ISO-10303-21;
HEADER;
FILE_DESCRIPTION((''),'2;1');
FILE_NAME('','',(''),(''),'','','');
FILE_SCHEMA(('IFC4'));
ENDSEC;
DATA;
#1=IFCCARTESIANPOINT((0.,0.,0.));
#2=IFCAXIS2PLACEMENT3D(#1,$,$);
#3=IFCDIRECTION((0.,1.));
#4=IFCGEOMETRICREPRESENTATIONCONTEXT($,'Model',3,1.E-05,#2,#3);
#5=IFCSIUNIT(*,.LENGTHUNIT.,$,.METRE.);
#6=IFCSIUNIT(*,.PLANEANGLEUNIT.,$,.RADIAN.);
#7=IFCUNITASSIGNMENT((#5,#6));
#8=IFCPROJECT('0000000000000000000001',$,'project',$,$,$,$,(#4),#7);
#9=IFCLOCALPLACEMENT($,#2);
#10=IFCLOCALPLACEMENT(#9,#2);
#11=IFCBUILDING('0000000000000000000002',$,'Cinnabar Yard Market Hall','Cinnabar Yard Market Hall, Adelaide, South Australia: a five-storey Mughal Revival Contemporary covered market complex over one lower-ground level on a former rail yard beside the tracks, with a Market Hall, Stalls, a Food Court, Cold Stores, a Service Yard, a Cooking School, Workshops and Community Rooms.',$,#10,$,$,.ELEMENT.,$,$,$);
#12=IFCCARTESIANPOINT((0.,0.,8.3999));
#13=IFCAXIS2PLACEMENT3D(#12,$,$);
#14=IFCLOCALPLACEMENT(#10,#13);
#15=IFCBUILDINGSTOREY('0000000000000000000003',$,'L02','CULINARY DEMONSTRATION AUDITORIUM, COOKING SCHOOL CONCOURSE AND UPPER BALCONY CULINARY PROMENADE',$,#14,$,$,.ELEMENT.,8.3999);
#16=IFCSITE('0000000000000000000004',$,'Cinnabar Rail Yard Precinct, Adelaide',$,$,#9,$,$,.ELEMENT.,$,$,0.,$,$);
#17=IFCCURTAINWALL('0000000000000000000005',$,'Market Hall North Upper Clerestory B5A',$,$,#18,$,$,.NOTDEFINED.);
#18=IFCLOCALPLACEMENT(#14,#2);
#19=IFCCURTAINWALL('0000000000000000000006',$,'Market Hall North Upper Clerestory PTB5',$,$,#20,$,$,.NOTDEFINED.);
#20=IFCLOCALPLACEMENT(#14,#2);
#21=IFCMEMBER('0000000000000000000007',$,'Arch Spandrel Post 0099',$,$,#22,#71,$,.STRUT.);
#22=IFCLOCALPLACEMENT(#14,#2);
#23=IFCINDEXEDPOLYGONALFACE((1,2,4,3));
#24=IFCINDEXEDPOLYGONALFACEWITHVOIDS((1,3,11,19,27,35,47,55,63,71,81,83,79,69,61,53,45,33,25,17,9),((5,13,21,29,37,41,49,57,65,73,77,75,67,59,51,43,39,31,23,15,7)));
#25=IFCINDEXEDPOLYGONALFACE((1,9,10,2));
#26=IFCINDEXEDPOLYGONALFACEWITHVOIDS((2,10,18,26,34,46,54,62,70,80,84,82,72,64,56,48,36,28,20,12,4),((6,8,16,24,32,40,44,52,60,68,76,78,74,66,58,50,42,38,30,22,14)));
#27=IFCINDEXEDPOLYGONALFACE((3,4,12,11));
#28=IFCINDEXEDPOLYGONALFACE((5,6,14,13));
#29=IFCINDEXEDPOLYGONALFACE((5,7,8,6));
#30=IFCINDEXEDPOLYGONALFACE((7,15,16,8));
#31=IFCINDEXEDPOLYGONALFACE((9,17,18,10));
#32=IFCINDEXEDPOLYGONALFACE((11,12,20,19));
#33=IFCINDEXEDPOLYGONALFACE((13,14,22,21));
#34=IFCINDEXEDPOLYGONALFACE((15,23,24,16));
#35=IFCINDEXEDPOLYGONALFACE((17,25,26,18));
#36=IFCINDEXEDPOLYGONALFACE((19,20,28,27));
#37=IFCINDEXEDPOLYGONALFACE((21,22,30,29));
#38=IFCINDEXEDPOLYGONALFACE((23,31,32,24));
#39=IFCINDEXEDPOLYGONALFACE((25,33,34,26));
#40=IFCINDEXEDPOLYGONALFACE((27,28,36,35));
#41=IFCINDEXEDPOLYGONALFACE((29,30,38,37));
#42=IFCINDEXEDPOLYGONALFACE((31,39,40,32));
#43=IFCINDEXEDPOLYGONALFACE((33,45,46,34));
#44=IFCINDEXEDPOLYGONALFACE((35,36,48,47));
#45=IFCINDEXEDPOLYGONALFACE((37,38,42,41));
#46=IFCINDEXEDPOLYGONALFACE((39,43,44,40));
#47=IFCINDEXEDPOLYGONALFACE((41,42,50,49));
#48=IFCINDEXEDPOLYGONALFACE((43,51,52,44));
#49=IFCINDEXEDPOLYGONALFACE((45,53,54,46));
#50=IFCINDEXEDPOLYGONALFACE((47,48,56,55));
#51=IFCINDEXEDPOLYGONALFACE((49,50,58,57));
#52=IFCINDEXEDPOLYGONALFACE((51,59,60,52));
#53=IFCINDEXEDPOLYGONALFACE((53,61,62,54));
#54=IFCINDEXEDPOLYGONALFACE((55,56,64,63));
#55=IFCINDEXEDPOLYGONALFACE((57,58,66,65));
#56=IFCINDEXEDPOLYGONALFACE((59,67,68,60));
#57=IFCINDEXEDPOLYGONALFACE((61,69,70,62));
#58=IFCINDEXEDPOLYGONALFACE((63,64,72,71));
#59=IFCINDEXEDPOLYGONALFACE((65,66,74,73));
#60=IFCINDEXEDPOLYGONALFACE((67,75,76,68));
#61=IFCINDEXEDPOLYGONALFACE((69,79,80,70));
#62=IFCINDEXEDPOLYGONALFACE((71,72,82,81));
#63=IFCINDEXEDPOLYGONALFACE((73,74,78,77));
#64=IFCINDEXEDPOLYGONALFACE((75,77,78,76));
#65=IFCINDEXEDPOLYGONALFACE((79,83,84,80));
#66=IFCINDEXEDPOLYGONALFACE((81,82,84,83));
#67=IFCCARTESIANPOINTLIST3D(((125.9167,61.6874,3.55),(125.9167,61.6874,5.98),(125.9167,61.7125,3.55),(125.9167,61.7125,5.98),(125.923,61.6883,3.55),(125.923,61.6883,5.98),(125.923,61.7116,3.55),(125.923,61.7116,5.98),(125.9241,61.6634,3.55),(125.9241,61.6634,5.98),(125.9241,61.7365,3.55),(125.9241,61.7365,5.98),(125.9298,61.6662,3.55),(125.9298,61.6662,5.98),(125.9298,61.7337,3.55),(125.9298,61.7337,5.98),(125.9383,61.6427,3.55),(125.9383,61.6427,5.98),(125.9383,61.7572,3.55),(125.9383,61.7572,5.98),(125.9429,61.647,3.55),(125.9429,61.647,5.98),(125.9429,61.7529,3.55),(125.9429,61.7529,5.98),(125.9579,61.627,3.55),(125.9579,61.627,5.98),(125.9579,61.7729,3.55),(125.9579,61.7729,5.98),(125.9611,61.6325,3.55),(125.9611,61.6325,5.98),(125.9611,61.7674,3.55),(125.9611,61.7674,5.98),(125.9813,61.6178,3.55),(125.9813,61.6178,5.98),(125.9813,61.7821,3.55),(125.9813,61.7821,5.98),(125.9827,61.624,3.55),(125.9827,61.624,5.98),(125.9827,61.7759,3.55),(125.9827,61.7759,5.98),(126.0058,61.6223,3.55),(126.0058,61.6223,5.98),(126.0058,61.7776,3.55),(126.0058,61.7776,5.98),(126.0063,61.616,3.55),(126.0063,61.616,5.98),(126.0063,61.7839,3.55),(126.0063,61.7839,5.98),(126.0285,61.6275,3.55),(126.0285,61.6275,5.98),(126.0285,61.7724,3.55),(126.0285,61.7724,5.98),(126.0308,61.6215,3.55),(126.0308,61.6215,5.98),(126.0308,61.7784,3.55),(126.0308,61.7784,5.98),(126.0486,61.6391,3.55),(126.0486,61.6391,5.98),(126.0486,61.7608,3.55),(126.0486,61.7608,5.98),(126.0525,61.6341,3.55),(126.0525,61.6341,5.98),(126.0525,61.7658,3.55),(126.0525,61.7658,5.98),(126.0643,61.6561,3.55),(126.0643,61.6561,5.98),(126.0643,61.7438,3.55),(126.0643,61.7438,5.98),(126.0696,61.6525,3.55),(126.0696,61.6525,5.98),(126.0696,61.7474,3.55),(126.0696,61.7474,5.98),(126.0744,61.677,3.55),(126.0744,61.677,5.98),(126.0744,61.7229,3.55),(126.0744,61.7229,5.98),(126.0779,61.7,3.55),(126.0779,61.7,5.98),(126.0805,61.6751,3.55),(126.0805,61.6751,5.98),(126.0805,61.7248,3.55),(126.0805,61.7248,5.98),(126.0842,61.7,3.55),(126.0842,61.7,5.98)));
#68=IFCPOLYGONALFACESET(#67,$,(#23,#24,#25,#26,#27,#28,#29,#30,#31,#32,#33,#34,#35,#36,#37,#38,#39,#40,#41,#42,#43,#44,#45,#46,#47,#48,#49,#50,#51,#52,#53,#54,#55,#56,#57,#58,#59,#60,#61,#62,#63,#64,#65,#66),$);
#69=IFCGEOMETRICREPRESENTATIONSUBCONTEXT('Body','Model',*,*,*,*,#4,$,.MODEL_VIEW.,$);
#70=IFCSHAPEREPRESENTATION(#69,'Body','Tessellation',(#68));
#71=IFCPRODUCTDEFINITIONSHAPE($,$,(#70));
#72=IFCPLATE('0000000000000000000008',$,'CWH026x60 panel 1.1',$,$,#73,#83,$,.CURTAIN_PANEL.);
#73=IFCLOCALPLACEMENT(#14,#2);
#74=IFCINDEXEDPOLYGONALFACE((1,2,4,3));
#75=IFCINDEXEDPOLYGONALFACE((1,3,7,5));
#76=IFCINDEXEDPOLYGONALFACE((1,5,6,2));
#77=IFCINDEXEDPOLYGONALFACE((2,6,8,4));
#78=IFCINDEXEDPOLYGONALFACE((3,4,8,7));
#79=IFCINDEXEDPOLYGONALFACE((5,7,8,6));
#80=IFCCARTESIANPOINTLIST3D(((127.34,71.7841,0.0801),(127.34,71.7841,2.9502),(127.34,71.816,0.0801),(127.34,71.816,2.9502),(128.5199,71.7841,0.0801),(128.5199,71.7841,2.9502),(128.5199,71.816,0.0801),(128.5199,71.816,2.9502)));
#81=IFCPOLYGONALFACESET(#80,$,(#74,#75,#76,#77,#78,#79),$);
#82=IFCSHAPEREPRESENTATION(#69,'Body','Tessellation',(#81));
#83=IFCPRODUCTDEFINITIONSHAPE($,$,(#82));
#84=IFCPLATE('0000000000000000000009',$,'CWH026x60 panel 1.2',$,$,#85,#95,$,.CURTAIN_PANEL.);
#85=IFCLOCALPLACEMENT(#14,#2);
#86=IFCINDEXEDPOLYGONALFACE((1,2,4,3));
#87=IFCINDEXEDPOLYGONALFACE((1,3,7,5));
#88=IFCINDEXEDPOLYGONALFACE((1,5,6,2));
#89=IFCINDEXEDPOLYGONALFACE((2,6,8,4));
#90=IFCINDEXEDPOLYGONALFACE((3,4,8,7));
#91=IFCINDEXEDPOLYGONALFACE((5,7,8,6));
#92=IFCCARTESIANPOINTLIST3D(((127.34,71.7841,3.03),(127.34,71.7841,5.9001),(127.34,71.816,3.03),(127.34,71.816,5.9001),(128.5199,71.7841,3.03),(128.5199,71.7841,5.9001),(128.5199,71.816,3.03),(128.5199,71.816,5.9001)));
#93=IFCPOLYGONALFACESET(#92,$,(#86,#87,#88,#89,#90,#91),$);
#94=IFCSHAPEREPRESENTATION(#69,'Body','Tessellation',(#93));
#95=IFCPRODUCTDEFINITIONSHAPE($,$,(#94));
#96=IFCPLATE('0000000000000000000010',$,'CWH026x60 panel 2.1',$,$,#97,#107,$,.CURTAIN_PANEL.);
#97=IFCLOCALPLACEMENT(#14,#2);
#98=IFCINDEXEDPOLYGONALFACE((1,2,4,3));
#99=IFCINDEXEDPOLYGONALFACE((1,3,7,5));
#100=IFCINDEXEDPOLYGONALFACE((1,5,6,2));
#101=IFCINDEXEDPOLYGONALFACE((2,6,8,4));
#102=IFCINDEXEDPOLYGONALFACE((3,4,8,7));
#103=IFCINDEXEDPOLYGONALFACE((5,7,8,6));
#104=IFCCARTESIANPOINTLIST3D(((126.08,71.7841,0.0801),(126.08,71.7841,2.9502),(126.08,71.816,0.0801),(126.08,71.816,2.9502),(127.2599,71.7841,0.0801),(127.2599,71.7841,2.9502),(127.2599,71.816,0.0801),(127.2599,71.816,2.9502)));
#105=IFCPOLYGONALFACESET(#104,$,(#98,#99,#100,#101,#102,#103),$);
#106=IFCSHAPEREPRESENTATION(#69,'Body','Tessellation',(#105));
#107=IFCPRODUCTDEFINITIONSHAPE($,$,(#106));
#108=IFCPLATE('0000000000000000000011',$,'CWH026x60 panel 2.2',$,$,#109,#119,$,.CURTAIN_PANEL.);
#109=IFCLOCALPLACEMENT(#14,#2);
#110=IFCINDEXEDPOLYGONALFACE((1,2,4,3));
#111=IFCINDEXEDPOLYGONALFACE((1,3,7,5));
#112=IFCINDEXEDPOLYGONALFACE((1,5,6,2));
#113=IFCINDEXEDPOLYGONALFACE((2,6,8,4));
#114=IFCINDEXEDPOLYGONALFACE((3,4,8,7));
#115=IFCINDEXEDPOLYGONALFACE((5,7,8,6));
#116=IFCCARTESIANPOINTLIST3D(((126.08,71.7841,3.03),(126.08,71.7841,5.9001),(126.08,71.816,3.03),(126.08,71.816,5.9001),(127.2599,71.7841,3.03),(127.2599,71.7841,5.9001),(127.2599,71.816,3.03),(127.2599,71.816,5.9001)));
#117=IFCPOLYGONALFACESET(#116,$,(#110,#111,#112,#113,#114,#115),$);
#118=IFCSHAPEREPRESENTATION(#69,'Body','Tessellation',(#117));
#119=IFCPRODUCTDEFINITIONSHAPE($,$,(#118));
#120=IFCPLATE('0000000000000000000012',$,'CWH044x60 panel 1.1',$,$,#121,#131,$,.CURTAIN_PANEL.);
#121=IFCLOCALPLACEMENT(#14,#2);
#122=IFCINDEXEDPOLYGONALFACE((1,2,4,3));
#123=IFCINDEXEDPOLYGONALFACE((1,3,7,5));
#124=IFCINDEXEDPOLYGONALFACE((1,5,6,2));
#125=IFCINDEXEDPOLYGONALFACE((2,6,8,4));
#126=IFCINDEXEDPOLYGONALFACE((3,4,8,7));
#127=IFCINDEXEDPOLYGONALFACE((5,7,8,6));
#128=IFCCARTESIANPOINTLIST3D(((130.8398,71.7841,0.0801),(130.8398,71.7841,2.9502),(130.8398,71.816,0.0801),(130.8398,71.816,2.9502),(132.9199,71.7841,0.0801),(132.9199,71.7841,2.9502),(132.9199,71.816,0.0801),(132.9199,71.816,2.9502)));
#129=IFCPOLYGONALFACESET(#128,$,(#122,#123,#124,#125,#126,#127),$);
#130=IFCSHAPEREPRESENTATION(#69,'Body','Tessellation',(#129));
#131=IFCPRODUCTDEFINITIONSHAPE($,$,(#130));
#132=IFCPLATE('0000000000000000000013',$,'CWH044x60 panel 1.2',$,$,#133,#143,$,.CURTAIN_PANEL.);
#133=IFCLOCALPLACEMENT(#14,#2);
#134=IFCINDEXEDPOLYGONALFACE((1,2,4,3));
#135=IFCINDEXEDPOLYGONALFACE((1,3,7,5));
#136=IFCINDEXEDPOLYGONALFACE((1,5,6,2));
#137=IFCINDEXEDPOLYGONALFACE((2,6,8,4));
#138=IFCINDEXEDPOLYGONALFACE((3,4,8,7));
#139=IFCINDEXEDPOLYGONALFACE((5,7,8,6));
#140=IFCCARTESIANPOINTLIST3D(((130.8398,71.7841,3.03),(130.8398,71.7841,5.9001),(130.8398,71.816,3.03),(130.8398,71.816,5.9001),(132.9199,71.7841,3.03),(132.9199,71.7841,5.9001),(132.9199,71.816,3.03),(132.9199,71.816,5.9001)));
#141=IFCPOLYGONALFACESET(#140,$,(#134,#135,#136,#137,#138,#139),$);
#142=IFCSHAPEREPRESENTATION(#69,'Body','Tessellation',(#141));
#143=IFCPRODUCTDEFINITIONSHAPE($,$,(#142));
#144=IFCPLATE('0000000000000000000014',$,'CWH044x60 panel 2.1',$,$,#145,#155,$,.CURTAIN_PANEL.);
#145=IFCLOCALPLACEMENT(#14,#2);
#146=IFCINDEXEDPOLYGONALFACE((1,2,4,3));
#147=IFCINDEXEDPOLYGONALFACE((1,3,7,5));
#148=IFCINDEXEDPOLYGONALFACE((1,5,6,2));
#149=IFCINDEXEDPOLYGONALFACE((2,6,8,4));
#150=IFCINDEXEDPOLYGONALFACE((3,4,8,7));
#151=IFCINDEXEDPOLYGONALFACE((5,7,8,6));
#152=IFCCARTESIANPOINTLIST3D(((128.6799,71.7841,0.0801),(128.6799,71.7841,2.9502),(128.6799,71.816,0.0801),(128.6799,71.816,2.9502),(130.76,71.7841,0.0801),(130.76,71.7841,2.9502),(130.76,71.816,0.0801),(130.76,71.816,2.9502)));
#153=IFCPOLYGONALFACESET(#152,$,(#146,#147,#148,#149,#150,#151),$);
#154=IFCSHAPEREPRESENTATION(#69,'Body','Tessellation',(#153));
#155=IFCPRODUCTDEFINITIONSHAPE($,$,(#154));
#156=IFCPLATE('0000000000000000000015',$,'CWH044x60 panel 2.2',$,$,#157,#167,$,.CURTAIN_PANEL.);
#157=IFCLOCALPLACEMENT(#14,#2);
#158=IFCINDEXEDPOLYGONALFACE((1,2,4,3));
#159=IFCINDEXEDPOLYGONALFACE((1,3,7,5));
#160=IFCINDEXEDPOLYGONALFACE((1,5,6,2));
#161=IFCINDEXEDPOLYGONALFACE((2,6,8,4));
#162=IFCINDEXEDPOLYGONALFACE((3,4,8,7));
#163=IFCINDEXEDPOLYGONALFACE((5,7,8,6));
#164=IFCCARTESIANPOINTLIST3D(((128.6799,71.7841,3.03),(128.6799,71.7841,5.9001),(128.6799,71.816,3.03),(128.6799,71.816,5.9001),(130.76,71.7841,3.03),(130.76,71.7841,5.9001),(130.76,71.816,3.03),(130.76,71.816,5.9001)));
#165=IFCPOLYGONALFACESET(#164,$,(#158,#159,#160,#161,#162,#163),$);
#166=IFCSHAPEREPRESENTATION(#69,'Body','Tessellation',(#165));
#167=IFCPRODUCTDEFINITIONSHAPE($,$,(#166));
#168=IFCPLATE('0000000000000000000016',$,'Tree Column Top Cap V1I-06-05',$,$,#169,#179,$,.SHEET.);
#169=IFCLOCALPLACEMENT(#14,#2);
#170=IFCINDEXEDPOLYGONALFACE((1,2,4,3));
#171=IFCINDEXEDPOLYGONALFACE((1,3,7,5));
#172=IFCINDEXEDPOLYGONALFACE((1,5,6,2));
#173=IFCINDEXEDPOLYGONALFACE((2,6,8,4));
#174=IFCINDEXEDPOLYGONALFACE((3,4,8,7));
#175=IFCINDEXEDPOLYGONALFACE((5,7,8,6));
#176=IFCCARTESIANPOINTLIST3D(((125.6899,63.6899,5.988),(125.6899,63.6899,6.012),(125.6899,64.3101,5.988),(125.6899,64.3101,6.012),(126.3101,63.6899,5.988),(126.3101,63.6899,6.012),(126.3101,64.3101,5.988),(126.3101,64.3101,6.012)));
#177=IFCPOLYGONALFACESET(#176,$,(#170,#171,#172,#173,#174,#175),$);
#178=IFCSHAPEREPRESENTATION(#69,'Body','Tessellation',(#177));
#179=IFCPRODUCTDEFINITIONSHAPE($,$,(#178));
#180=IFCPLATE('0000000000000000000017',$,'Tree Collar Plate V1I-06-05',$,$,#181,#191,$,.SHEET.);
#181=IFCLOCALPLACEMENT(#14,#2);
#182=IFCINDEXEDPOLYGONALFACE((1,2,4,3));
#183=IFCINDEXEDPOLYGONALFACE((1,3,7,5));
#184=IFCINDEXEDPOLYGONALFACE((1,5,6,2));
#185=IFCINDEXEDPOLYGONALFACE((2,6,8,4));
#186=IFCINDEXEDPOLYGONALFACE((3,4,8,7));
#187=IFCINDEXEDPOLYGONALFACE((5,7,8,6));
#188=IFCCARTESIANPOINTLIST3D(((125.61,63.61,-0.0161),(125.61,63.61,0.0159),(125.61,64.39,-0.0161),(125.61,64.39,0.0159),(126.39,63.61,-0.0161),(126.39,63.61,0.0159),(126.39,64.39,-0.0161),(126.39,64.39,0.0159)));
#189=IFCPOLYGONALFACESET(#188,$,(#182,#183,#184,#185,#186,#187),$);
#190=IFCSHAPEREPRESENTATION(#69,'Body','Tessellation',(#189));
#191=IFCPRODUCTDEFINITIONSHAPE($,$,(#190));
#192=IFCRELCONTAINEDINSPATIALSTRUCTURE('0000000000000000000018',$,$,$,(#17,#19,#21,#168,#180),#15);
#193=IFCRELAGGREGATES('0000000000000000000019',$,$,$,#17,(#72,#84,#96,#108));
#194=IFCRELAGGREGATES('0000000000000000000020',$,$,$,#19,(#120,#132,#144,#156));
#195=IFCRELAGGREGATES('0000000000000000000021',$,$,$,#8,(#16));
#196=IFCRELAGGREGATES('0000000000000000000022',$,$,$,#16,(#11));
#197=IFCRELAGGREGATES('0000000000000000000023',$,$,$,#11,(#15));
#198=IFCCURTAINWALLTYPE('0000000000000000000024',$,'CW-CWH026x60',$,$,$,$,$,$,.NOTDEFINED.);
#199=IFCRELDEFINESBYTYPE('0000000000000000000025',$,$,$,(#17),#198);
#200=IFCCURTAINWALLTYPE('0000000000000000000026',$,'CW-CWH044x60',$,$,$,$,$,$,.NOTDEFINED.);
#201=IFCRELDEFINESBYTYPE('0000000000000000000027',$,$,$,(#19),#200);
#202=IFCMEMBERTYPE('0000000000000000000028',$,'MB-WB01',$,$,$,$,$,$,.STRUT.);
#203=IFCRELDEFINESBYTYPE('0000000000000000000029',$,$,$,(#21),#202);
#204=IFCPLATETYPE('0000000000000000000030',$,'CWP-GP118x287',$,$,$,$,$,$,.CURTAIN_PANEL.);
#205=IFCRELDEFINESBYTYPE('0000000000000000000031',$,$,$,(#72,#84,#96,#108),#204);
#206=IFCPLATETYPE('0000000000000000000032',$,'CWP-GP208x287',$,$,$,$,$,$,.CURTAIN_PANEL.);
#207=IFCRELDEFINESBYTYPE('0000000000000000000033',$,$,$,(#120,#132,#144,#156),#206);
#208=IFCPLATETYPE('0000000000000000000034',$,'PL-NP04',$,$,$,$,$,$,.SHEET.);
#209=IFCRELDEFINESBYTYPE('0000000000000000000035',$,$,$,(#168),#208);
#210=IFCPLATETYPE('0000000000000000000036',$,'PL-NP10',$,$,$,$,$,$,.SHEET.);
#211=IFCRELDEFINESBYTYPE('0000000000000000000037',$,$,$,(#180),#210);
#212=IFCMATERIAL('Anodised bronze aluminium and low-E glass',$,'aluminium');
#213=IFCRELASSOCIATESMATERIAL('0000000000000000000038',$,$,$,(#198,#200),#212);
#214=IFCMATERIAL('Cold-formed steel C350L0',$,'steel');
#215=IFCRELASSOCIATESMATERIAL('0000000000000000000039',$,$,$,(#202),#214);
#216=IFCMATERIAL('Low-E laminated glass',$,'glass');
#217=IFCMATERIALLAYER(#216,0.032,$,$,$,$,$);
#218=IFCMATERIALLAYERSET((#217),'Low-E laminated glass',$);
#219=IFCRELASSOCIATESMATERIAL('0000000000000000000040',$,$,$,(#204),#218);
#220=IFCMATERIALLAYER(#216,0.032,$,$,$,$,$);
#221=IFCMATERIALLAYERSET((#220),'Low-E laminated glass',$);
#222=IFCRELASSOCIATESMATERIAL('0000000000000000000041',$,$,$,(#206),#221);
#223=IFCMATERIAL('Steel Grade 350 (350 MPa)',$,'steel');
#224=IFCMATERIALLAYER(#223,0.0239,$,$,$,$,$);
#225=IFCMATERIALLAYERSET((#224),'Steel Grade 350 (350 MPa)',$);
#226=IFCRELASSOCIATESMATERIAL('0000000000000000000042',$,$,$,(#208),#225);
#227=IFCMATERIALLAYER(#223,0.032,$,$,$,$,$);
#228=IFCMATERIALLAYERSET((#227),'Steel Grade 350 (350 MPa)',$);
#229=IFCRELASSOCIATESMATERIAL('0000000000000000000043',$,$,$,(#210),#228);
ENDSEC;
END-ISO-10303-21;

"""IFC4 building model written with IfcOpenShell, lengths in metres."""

from ifc_helpers import new_model, si_unit, direction, frame, origin, origin_2d_with_axis, place, context, subcontext, project, spatial, rectangle, hollow_circle, extrude, material, layer, layer_set, material_profile, profile_set, type_object, element, aggregate, save


model = new_model("IFC4")

# Units and contexts
model_context = context("Model", 3, precision=1e-05, world=origin(), true_north=direction((0.0, 1.0)))
body_context = subcontext(model_context, "Body", "Model", "MODEL_VIEW")
ifc_project = project(units=[si_unit("LENGTHUNIT", "METRE"), si_unit("PLANEANGLEUNIT", "RADIAN")], contexts=[model_context])

# Site, building, storey
site_placement = place(None, origin())
site = spatial("IfcSite", under=ifc_project, at=site_placement, Name="Cinnabar Rail Yard Precinct, Adelaide", CompositionType="ELEMENT", RefElevation=0.0)
building_placement = place(site_placement, origin())
building = spatial("IfcBuilding", under=site, at=building_placement, Name="Cinnabar Yard Market Hall", Description="Cinnabar Yard Market Hall, Adelaide, South Australia: a five-storey Mughal Revival Contemporary covered market complex over one lower-ground level on a former rail yard beside the tracks, with a Market Hall, Stalls, a Food Court, Cold Stores, a Service Yard, a Cooking School, Workshops and Community Rooms.", CompositionType="ELEMENT")
storey_placement = place(building_placement, frame((0.0, 0.0, 8.3999)))
storey = spatial("IfcBuildingStorey", under=building, at=storey_placement, Name="L02", Description="CULINARY DEMONSTRATION AUDITORIUM, COOKING SCHOOL CONCOURSE AND UPPER BALCONY CULINARY PROMENADE", CompositionType="ELEMENT", Elevation=8.3999)

# Curtain walls
ifc_material_1 = material(Name="Anodised bronze aluminium and low-E glass", Category="aluminium")
curtain_wall_type_1 = type_object("IfcCurtainWallType", Name="CW-CWH026x60", PredefinedType="NOTDEFINED", material=ifc_material_1)
curtain_wall_1_placement = place(storey_placement, origin())
curtain_wall_1 = element("IfcCurtainWall", 1, at=curtain_wall_1_placement, inside=storey, type_object=curtain_wall_type_1, Name="Market Hall North Upper Clerestory B5A", PredefinedType="NOTDEFINED")
curtain_wall_type_2 = type_object("IfcCurtainWallType", Name="CW-CWH044x60", PredefinedType="NOTDEFINED", material=ifc_material_1)
curtain_wall_2_placement = place(storey_placement, origin())
curtain_wall_2 = element("IfcCurtainWall", 2, at=curtain_wall_2_placement, inside=storey, type_object=curtain_wall_type_2, Name="Market Hall North Upper Clerestory PTB5", PredefinedType="NOTDEFINED")

# Member
ifc_material_2 = material(Name="Cold-formed steel C350L0", Category="steel")
ifc_material_profile_1 = material_profile(ifc_material_2, hollow_circle(Radius=0.0842, WallThickness=0.0063, at=origin_2d_with_axis()), Name="168.3x6.4CHS")
ifc_profile_set_1 = profile_set([ifc_material_profile_1], Name="Cold-formed steel C350L0")
member_type_1 = type_object("IfcMemberType", Name="MB-WB01", PredefinedType="STRUT", material=ifc_profile_set_1)
for number, where, z_axis, x_axis, name in (
    (3, (126.0, 61.7, 3.55), (0.0, 0.0, 1.0), (1.0, 0.0, 0.0), "Arch Spandrel Post 0099"),
):
    element("IfcMember", number, at=place(storey_placement, frame(where, z_axis=z_axis, x_axis=x_axis)), inside=storey, type_object=member_type_1, Name=name, PredefinedType="STRUT", context=body_context, shape_type="SweptSolid", body=[
        extrude(hollow_circle(Radius=0.0842, WallThickness=0.0063, at=origin_2d_with_axis()), origin(), (0.0, 0.0, 1.0), 2.4299),
    ])

# Plates
ifc_material_3 = material(Name="Low-E laminated glass", Category="glass")
ifc_layer_1 = layer(ifc_material_3, 0.032)
ifc_layer_set_1 = layer_set([ifc_layer_1], Name="Low-E laminated glass")
plate_type_1 = type_object("IfcPlateType", Name="CWP-GP118x287", PredefinedType="CURTAIN_PANEL", material=ifc_layer_set_1)
plate_1_placement = place(storey_placement, frame((127.9299, 71.8, 0.0801), z_axis=(0.0, 0.0, 1.0), x_axis=(-1.0, 0.0, 0.0)))
plate_1 = element("IfcPlate", 4, at=plate_1_placement, type_object=plate_type_1, Name="CWH026x60 panel 1.1", PredefinedType="CURTAIN_PANEL", context=body_context, shape_type="SweptSolid", body=[
    extrude(rectangle(XDim=1.1799, YDim=0.032, at=origin_2d_with_axis()), origin(), (0.0, 0.0, 1.0), 2.8701),
])
plate_2_placement = place(storey_placement, frame((127.9299, 71.8, 3.03), z_axis=(0.0, 0.0, 1.0), x_axis=(-1.0, 0.0, 0.0)))
plate_2 = element("IfcPlate", 5, at=plate_2_placement, type_object=plate_type_1, Name="CWH026x60 panel 1.2", PredefinedType="CURTAIN_PANEL", context=body_context, shape_type="SweptSolid", body=[
    extrude(rectangle(XDim=1.1799, YDim=0.032, at=origin_2d_with_axis()), origin(), (0.0, 0.0, 1.0), 2.8701),
])
plate_3_placement = place(storey_placement, frame((126.6699, 71.8, 0.0801), z_axis=(0.0, 0.0, 1.0), x_axis=(-1.0, 0.0, 0.0)))
plate_3 = element("IfcPlate", 6, at=plate_3_placement, type_object=plate_type_1, Name="CWH026x60 panel 2.1", PredefinedType="CURTAIN_PANEL", context=body_context, shape_type="SweptSolid", body=[
    extrude(rectangle(XDim=1.1799, YDim=0.032, at=origin_2d_with_axis()), origin(), (0.0, 0.0, 1.0), 2.8701),
])
plate_4_placement = place(storey_placement, frame((126.6699, 71.8, 3.03), z_axis=(0.0, 0.0, 1.0), x_axis=(-1.0, 0.0, 0.0)))
plate_4 = element("IfcPlate", 7, at=plate_4_placement, type_object=plate_type_1, Name="CWH026x60 panel 2.2", PredefinedType="CURTAIN_PANEL", context=body_context, shape_type="SweptSolid", body=[
    extrude(rectangle(XDim=1.1799, YDim=0.032, at=origin_2d_with_axis()), origin(), (0.0, 0.0, 1.0), 2.8701),
])
aggregate(curtain_wall_1, [plate_1, plate_2, plate_3, plate_4])
ifc_layer_2 = layer(ifc_material_3, 0.032)
ifc_layer_set_2 = layer_set([ifc_layer_2], Name="Low-E laminated glass")
plate_type_2 = type_object("IfcPlateType", Name="CWP-GP208x287", PredefinedType="CURTAIN_PANEL", material=ifc_layer_set_2)
plate_5_placement = place(storey_placement, frame((131.8799, 71.8, 0.0801), z_axis=(0.0, 0.0, 1.0), x_axis=(-1.0, 0.0, 0.0)))
plate_5 = element("IfcPlate", 8, at=plate_5_placement, type_object=plate_type_2, Name="CWH044x60 panel 1.1", PredefinedType="CURTAIN_PANEL", context=body_context, shape_type="SweptSolid", body=[
    extrude(rectangle(XDim=2.0801, YDim=0.032, at=origin_2d_with_axis()), origin(), (0.0, 0.0, 1.0), 2.8701),
])
plate_6_placement = place(storey_placement, frame((131.8799, 71.8, 3.03), z_axis=(0.0, 0.0, 1.0), x_axis=(-1.0, 0.0, 0.0)))
plate_6 = element("IfcPlate", 9, at=plate_6_placement, type_object=plate_type_2, Name="CWH044x60 panel 1.2", PredefinedType="CURTAIN_PANEL", context=body_context, shape_type="SweptSolid", body=[
    extrude(rectangle(XDim=2.0801, YDim=0.032, at=origin_2d_with_axis()), origin(), (0.0, 0.0, 1.0), 2.8701),
])
plate_7_placement = place(storey_placement, frame((129.72, 71.8, 0.0801), z_axis=(0.0, 0.0, 1.0), x_axis=(-1.0, 0.0, 0.0)))
plate_7 = element("IfcPlate", 10, at=plate_7_placement, type_object=plate_type_2, Name="CWH044x60 panel 2.1", PredefinedType="CURTAIN_PANEL", context=body_context, shape_type="SweptSolid", body=[
    extrude(rectangle(XDim=2.0801, YDim=0.032, at=origin_2d_with_axis()), origin(), (0.0, 0.0, 1.0), 2.8701),
])
plate_8_placement = place(storey_placement, frame((129.72, 71.8, 3.03), z_axis=(0.0, 0.0, 1.0), x_axis=(-1.0, 0.0, 0.0)))
plate_8 = element("IfcPlate", 11, at=plate_8_placement, type_object=plate_type_2, Name="CWH044x60 panel 2.2", PredefinedType="CURTAIN_PANEL", context=body_context, shape_type="SweptSolid", body=[
    extrude(rectangle(XDim=2.0801, YDim=0.032, at=origin_2d_with_axis()), origin(), (0.0, 0.0, 1.0), 2.8701),
])
aggregate(curtain_wall_2, [plate_5, plate_6, plate_7, plate_8])

# Plates
ifc_material_4 = material(Name="Steel Grade 350 (350 MPa)", Category="steel")
ifc_layer_3 = layer(ifc_material_4, 0.0239)
ifc_layer_set_3 = layer_set([ifc_layer_3], Name="Steel Grade 350 (350 MPa)")
plate_type_3 = type_object("IfcPlateType", Name="PL-NP04", PredefinedType="SHEET", material=ifc_layer_set_3)
plate_9_placement = place(storey_placement, frame((126.0, 64.0, 5.988), z_axis=(0.0, 0.0, 1.0), x_axis=(1.0, 0.0, 0.0)))
element("IfcPlate", 12, at=plate_9_placement, inside=storey, type_object=plate_type_3, Name="Tree Column Top Cap V1I-06-05", PredefinedType="SHEET", context=body_context, shape_type="SweptSolid", body=[
    extrude(rectangle(XDim=0.6201, YDim=0.6201, at=origin_2d_with_axis()), origin(), (0.0, 0.0, 1.0), 0.0239),
])
ifc_layer_4 = layer(ifc_material_4, 0.032)
ifc_layer_set_4 = layer_set([ifc_layer_4], Name="Steel Grade 350 (350 MPa)")
plate_type_4 = type_object("IfcPlateType", Name="PL-NP10", PredefinedType="SHEET", material=ifc_layer_set_4)
plate_10_placement = place(storey_placement, frame((126.0, 64.0, -0.0161), z_axis=(0.0, 0.0, 1.0), x_axis=(1.0, 0.0, 0.0)))
element("IfcPlate", 13, at=plate_10_placement, inside=storey, type_object=plate_type_4, Name="Tree Collar Plate V1I-06-05", PredefinedType="SHEET", context=body_context, shape_type="SweptSolid", body=[
    extrude(rectangle(XDim=0.78, YDim=0.78, at=origin_2d_with_axis()), origin(), (0.0, 0.0, 1.0), 0.032),
])

save(model, "model.ifc")
